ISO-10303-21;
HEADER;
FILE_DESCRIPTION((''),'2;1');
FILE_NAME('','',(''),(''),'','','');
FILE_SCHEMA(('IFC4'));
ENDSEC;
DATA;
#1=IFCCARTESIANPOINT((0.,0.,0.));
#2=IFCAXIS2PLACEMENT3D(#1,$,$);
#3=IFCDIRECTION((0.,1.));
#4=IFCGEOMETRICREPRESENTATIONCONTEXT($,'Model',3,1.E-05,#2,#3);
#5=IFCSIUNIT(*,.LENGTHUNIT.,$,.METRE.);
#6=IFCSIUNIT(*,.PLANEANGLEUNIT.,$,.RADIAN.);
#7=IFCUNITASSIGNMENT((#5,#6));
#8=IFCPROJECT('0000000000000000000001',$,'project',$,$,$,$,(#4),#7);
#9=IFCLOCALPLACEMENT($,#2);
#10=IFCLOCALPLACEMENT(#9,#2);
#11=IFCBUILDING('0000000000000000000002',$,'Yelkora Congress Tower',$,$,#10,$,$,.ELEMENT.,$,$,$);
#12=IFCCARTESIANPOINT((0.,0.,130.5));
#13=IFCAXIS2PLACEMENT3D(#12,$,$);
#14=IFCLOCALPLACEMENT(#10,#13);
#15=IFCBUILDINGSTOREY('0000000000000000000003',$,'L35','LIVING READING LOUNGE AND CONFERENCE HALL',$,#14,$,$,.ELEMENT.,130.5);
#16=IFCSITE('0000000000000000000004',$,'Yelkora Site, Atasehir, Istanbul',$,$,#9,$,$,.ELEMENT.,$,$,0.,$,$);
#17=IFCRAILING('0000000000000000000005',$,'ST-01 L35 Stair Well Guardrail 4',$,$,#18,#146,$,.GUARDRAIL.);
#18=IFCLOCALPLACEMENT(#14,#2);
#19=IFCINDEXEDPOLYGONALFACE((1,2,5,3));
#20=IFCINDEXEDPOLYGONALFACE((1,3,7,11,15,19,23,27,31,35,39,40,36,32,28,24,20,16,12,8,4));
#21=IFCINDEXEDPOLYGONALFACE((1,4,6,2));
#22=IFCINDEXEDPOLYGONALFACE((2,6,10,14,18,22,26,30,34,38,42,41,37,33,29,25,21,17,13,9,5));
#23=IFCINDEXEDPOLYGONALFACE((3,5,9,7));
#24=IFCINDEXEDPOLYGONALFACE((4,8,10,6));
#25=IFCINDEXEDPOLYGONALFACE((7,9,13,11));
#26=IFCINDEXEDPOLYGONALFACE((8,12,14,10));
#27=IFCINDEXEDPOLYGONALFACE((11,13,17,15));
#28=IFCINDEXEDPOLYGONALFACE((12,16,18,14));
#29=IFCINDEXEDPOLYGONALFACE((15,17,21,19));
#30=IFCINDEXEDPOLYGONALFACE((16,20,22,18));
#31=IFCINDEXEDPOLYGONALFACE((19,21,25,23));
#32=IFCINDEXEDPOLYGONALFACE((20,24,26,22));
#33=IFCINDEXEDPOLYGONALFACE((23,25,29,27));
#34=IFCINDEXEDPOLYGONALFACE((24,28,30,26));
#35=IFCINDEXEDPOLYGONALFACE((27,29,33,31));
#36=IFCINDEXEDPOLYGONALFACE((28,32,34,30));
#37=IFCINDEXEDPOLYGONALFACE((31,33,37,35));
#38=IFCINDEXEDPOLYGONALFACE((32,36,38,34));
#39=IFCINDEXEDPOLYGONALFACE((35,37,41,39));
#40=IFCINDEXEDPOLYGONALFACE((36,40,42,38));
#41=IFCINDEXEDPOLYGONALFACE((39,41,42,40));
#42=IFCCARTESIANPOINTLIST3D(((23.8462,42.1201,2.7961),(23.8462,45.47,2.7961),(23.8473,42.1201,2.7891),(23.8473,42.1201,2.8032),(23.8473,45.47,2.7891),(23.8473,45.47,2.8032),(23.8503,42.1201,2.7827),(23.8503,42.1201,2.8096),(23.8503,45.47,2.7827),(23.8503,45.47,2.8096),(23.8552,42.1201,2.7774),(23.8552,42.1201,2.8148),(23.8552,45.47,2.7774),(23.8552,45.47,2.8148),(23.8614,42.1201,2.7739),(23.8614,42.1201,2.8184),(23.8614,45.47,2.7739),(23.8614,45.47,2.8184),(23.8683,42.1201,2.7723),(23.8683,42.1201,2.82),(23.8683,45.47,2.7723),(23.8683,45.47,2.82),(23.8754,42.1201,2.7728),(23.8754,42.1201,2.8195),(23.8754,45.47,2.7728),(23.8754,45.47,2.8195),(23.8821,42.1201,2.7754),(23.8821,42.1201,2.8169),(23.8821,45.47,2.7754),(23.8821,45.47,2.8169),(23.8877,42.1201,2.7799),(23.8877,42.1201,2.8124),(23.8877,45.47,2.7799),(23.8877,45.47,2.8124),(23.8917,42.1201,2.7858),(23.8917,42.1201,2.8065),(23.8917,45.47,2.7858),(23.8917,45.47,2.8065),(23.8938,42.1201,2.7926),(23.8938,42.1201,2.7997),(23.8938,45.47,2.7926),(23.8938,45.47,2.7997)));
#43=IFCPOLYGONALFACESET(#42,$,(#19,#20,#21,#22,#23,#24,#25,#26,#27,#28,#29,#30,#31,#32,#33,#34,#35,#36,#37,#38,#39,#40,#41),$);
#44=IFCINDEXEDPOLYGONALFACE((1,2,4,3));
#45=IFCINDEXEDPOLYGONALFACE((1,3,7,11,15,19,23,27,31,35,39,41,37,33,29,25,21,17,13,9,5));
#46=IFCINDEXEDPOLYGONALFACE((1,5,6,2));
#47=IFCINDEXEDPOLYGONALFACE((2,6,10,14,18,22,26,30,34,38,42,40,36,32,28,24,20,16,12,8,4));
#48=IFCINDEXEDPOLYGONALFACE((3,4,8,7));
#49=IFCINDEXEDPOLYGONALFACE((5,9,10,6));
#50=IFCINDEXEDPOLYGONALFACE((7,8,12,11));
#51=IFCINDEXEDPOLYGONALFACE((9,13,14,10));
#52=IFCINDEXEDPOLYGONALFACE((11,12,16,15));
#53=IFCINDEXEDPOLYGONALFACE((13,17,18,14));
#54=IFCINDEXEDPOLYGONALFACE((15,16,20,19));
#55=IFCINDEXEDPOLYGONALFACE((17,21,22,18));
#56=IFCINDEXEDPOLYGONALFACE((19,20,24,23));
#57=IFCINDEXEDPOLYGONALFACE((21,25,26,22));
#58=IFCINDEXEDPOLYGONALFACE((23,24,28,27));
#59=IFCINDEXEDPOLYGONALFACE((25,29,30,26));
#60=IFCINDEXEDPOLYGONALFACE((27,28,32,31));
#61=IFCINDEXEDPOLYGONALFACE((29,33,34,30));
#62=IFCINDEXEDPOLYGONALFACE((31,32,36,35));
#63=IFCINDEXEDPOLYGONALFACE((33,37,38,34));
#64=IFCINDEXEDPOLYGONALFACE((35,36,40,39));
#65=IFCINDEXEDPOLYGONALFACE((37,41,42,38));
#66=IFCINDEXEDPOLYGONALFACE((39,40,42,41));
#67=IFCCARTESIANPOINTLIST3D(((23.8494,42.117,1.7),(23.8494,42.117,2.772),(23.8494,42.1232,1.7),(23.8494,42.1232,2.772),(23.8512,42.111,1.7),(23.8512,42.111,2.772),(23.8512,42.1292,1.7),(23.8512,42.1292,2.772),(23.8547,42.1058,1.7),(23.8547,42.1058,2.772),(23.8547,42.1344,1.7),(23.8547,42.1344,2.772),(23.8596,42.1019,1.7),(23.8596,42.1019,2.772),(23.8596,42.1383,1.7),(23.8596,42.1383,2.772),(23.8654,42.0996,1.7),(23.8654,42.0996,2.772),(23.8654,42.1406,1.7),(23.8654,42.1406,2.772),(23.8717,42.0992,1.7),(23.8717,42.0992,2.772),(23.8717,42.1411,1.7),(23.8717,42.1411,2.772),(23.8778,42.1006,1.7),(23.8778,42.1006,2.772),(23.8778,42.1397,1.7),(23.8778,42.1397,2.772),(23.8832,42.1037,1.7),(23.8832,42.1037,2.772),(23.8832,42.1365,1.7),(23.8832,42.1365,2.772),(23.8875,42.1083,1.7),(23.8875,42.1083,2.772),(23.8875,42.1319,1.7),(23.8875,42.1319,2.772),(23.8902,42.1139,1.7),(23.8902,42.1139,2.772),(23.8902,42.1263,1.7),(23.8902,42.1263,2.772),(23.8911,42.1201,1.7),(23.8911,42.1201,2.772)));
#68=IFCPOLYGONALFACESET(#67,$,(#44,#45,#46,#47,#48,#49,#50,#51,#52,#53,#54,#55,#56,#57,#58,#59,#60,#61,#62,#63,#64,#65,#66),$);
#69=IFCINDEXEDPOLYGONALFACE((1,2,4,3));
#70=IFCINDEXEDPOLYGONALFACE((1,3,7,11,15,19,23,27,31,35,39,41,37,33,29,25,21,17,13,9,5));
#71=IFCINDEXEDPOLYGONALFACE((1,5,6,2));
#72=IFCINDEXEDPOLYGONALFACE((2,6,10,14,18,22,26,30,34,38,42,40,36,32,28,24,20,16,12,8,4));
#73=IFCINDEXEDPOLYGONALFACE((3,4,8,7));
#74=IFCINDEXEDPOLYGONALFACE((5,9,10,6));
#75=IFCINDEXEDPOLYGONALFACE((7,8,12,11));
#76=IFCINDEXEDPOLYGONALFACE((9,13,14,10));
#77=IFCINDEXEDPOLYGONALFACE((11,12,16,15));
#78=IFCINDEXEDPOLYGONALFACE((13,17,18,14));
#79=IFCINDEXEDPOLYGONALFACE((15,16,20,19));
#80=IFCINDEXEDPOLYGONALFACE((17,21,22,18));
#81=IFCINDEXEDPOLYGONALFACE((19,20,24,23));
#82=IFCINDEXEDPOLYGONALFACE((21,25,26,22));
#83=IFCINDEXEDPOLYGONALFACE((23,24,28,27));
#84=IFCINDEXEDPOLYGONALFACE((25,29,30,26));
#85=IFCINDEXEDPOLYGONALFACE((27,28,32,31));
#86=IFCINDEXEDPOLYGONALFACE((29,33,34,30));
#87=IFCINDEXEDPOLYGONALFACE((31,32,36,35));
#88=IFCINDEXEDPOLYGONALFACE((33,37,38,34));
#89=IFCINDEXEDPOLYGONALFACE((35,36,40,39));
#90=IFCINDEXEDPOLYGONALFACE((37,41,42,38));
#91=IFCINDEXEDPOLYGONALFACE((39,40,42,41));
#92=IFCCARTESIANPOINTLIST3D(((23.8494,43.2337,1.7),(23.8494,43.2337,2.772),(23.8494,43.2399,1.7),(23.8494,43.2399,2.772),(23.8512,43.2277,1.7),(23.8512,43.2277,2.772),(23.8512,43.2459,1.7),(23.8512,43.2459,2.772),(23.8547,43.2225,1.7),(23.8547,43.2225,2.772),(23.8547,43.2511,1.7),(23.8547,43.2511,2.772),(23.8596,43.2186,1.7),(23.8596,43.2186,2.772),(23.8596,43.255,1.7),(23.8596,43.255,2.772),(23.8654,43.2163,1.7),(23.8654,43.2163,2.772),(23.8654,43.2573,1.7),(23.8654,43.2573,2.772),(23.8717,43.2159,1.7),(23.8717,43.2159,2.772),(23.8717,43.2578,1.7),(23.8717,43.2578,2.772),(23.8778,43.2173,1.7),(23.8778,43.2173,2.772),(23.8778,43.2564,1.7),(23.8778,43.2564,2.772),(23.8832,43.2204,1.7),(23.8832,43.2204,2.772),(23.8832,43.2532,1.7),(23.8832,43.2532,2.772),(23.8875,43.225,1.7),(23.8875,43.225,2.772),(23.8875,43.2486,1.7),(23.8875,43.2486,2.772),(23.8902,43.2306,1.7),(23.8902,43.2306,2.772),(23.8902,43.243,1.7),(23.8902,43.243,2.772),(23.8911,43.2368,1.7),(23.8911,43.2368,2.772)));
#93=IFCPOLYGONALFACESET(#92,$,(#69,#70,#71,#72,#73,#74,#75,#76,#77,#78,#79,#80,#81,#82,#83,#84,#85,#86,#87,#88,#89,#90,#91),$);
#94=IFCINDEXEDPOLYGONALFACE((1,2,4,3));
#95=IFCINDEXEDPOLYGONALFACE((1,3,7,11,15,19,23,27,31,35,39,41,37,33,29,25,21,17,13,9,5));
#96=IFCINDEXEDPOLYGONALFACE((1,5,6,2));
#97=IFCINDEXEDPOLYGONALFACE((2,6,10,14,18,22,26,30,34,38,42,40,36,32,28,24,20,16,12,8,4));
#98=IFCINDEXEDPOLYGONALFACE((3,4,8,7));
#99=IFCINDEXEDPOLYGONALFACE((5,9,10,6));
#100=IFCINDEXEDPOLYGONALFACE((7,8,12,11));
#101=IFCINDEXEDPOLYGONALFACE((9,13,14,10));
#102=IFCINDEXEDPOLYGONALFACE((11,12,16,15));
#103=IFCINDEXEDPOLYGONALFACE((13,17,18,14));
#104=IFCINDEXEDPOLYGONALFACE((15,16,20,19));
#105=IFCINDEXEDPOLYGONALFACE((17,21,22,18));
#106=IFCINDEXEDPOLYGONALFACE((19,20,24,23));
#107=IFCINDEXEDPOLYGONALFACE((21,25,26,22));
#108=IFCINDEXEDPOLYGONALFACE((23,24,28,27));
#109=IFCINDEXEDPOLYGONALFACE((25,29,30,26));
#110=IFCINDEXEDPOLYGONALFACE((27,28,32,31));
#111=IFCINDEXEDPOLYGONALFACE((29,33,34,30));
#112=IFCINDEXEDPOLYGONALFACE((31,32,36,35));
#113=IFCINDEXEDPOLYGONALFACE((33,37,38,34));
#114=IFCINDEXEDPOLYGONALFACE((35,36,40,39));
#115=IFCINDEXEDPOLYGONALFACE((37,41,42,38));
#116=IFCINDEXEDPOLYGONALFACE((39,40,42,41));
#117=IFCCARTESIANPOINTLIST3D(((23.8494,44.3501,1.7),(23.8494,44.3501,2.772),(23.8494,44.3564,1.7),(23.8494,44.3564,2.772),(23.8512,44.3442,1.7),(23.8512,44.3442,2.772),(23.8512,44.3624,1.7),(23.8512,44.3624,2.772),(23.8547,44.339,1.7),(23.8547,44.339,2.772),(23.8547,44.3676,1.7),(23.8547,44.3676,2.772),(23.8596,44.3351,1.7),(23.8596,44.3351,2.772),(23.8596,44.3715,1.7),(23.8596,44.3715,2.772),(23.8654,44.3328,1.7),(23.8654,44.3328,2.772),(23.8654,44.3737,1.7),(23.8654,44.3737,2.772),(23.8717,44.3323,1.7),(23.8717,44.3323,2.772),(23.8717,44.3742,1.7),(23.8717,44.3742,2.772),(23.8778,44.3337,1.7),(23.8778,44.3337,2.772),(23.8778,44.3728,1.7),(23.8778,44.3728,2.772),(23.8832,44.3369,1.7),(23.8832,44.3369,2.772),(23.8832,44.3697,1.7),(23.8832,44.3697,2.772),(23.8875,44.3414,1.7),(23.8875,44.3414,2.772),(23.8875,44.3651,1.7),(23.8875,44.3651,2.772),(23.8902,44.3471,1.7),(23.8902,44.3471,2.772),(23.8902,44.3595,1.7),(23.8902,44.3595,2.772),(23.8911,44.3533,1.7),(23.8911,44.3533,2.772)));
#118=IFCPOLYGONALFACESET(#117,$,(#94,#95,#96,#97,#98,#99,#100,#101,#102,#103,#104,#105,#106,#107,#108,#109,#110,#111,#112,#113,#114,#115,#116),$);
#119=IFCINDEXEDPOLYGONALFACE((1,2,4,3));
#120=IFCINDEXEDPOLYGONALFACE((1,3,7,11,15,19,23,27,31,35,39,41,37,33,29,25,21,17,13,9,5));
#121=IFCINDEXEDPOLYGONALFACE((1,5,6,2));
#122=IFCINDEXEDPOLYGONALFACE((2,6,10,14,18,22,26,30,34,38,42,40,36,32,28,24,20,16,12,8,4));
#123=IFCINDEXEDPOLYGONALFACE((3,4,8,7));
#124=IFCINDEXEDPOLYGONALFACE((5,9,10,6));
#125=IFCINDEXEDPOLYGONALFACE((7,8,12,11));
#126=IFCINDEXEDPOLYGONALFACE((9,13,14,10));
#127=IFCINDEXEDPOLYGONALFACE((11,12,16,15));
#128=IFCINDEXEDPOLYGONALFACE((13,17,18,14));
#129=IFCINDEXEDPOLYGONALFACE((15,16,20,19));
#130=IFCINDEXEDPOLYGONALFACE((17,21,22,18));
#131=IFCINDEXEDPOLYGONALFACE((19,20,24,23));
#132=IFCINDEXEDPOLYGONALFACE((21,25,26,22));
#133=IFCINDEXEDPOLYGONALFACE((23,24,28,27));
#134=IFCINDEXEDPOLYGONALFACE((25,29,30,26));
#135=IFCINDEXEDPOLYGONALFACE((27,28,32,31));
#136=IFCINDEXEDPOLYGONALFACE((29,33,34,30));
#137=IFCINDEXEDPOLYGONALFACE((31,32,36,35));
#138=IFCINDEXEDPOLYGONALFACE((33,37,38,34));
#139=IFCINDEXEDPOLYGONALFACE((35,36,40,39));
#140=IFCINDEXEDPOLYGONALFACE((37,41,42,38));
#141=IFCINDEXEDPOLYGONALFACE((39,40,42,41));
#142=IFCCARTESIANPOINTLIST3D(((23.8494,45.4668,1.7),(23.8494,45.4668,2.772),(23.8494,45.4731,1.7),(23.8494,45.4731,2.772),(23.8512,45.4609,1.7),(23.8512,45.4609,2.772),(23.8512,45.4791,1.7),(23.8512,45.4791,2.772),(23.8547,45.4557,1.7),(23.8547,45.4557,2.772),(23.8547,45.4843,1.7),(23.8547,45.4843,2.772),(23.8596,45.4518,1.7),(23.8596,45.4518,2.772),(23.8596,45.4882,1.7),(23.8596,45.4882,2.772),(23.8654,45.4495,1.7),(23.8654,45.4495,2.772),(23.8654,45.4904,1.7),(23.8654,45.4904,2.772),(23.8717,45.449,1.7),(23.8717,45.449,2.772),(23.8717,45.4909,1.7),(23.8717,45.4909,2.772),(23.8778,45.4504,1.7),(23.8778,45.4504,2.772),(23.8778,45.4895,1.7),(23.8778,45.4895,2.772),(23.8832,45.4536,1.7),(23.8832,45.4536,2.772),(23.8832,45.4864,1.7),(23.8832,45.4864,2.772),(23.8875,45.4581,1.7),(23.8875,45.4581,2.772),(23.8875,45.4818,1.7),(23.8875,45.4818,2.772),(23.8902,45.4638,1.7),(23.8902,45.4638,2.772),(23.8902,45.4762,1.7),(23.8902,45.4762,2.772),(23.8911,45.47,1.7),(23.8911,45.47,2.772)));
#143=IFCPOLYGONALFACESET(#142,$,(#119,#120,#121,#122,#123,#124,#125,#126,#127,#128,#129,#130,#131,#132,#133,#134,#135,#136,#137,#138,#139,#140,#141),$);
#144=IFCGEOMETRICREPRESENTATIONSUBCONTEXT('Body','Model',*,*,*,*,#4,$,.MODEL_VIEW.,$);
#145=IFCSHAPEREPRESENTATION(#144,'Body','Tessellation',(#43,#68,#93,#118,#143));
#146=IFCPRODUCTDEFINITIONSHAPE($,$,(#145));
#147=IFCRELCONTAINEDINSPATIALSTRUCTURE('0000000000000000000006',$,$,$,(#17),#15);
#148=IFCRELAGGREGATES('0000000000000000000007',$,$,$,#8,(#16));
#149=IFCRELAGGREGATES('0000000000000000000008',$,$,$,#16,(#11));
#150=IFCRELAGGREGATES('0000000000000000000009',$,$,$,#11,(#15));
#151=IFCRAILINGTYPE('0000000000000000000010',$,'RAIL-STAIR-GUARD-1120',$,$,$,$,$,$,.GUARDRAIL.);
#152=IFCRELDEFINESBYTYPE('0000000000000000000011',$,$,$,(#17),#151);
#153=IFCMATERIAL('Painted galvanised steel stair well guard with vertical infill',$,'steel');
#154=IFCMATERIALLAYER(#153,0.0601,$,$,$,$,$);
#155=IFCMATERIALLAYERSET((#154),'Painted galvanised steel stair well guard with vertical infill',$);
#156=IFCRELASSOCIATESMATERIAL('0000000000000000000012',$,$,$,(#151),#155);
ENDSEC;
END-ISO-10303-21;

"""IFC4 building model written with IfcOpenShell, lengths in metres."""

from ifc_helpers import new_model, si_unit, direction, frame, origin, origin_2d, place, context, subcontext, project, spatial, circle, extrude, material, layer, layer_set, type_object, element, save


model = new_model("IFC4")

# Units and contexts
model_context = context("Model", 3, precision=1e-05, world=origin(), true_north=direction((0.0, 1.0)))
body_context = subcontext(model_context, "Body", "Model", "MODEL_VIEW")
ifc_project = project(units=[si_unit("LENGTHUNIT", "METRE"), si_unit("PLANEANGLEUNIT", "RADIAN")], contexts=[model_context])

# Site, building, storey
site_placement = place(None, origin())
site = spatial("IfcSite", under=ifc_project, at=site_placement, Name="Yelkora Site, Atasehir, Istanbul", CompositionType="ELEMENT", RefElevation=0.0)
building_placement = place(site_placement, origin())
building = spatial("IfcBuilding", under=site, at=building_placement, Name="Yelkora Congress Tower", CompositionType="ELEMENT")
storey_placement = place(building_placement, frame((0.0, 0.0, 130.5)))
storey = spatial("IfcBuildingStorey", under=building, at=storey_placement, Name="L35", Description="LIVING READING LOUNGE AND CONFERENCE HALL", CompositionType="ELEMENT", Elevation=130.5)

# Railing
ifc_material_1 = material(Name="Painted galvanised steel stair well guard with vertical infill", Category="steel")
ifc_layer_1 = layer(ifc_material_1, 0.0601)
ifc_layer_set_1 = layer_set([ifc_layer_1], Name="Painted galvanised steel stair well guard with vertical infill")
railing_type_1 = type_object("IfcRailingType", Name="RAIL-STAIR-GUARD-1120", PredefinedType="GUARDRAIL", material=ifc_layer_set_1)
railing_1_placement = place(storey_placement, frame((23.8701, 42.1201, 1.7)))
element("IfcRailing", 1, at=railing_1_placement, inside=storey, type_object=railing_type_1, Name="ST-01 L35 Stair Well Guardrail 4", PredefinedType="GUARDRAIL", context=body_context, shape_type="SweptSolid", body=[
    extrude(circle(Radius=0.0239, at=origin_2d()), frame((0.0, 0.0, 1.0962), z_axis=(0.0, 1.0, 0.0), x_axis=(-1.0, 0.0, 0.0)), (0.0, 0.0, 1.0), 3.3499),
    extrude(circle(Radius=0.021, at=origin_2d()), origin(), (0.0, 0.0, 1.0), 1.072),
    extrude(circle(Radius=0.021, at=origin_2d()), frame((0.0, 1.1167, 0.0)), (0.0, 0.0, 1.0), 1.072),
    extrude(circle(Radius=0.021, at=origin_2d()), frame((0.0, 2.2332, 0.0)), (0.0, 0.0, 1.0), 1.072),
    extrude(circle(Radius=0.021, at=origin_2d()), frame((0.0, 3.3499, 0.0)), (0.0, 0.0, 1.0), 1.072),
])

save(model, "model.ifc")
